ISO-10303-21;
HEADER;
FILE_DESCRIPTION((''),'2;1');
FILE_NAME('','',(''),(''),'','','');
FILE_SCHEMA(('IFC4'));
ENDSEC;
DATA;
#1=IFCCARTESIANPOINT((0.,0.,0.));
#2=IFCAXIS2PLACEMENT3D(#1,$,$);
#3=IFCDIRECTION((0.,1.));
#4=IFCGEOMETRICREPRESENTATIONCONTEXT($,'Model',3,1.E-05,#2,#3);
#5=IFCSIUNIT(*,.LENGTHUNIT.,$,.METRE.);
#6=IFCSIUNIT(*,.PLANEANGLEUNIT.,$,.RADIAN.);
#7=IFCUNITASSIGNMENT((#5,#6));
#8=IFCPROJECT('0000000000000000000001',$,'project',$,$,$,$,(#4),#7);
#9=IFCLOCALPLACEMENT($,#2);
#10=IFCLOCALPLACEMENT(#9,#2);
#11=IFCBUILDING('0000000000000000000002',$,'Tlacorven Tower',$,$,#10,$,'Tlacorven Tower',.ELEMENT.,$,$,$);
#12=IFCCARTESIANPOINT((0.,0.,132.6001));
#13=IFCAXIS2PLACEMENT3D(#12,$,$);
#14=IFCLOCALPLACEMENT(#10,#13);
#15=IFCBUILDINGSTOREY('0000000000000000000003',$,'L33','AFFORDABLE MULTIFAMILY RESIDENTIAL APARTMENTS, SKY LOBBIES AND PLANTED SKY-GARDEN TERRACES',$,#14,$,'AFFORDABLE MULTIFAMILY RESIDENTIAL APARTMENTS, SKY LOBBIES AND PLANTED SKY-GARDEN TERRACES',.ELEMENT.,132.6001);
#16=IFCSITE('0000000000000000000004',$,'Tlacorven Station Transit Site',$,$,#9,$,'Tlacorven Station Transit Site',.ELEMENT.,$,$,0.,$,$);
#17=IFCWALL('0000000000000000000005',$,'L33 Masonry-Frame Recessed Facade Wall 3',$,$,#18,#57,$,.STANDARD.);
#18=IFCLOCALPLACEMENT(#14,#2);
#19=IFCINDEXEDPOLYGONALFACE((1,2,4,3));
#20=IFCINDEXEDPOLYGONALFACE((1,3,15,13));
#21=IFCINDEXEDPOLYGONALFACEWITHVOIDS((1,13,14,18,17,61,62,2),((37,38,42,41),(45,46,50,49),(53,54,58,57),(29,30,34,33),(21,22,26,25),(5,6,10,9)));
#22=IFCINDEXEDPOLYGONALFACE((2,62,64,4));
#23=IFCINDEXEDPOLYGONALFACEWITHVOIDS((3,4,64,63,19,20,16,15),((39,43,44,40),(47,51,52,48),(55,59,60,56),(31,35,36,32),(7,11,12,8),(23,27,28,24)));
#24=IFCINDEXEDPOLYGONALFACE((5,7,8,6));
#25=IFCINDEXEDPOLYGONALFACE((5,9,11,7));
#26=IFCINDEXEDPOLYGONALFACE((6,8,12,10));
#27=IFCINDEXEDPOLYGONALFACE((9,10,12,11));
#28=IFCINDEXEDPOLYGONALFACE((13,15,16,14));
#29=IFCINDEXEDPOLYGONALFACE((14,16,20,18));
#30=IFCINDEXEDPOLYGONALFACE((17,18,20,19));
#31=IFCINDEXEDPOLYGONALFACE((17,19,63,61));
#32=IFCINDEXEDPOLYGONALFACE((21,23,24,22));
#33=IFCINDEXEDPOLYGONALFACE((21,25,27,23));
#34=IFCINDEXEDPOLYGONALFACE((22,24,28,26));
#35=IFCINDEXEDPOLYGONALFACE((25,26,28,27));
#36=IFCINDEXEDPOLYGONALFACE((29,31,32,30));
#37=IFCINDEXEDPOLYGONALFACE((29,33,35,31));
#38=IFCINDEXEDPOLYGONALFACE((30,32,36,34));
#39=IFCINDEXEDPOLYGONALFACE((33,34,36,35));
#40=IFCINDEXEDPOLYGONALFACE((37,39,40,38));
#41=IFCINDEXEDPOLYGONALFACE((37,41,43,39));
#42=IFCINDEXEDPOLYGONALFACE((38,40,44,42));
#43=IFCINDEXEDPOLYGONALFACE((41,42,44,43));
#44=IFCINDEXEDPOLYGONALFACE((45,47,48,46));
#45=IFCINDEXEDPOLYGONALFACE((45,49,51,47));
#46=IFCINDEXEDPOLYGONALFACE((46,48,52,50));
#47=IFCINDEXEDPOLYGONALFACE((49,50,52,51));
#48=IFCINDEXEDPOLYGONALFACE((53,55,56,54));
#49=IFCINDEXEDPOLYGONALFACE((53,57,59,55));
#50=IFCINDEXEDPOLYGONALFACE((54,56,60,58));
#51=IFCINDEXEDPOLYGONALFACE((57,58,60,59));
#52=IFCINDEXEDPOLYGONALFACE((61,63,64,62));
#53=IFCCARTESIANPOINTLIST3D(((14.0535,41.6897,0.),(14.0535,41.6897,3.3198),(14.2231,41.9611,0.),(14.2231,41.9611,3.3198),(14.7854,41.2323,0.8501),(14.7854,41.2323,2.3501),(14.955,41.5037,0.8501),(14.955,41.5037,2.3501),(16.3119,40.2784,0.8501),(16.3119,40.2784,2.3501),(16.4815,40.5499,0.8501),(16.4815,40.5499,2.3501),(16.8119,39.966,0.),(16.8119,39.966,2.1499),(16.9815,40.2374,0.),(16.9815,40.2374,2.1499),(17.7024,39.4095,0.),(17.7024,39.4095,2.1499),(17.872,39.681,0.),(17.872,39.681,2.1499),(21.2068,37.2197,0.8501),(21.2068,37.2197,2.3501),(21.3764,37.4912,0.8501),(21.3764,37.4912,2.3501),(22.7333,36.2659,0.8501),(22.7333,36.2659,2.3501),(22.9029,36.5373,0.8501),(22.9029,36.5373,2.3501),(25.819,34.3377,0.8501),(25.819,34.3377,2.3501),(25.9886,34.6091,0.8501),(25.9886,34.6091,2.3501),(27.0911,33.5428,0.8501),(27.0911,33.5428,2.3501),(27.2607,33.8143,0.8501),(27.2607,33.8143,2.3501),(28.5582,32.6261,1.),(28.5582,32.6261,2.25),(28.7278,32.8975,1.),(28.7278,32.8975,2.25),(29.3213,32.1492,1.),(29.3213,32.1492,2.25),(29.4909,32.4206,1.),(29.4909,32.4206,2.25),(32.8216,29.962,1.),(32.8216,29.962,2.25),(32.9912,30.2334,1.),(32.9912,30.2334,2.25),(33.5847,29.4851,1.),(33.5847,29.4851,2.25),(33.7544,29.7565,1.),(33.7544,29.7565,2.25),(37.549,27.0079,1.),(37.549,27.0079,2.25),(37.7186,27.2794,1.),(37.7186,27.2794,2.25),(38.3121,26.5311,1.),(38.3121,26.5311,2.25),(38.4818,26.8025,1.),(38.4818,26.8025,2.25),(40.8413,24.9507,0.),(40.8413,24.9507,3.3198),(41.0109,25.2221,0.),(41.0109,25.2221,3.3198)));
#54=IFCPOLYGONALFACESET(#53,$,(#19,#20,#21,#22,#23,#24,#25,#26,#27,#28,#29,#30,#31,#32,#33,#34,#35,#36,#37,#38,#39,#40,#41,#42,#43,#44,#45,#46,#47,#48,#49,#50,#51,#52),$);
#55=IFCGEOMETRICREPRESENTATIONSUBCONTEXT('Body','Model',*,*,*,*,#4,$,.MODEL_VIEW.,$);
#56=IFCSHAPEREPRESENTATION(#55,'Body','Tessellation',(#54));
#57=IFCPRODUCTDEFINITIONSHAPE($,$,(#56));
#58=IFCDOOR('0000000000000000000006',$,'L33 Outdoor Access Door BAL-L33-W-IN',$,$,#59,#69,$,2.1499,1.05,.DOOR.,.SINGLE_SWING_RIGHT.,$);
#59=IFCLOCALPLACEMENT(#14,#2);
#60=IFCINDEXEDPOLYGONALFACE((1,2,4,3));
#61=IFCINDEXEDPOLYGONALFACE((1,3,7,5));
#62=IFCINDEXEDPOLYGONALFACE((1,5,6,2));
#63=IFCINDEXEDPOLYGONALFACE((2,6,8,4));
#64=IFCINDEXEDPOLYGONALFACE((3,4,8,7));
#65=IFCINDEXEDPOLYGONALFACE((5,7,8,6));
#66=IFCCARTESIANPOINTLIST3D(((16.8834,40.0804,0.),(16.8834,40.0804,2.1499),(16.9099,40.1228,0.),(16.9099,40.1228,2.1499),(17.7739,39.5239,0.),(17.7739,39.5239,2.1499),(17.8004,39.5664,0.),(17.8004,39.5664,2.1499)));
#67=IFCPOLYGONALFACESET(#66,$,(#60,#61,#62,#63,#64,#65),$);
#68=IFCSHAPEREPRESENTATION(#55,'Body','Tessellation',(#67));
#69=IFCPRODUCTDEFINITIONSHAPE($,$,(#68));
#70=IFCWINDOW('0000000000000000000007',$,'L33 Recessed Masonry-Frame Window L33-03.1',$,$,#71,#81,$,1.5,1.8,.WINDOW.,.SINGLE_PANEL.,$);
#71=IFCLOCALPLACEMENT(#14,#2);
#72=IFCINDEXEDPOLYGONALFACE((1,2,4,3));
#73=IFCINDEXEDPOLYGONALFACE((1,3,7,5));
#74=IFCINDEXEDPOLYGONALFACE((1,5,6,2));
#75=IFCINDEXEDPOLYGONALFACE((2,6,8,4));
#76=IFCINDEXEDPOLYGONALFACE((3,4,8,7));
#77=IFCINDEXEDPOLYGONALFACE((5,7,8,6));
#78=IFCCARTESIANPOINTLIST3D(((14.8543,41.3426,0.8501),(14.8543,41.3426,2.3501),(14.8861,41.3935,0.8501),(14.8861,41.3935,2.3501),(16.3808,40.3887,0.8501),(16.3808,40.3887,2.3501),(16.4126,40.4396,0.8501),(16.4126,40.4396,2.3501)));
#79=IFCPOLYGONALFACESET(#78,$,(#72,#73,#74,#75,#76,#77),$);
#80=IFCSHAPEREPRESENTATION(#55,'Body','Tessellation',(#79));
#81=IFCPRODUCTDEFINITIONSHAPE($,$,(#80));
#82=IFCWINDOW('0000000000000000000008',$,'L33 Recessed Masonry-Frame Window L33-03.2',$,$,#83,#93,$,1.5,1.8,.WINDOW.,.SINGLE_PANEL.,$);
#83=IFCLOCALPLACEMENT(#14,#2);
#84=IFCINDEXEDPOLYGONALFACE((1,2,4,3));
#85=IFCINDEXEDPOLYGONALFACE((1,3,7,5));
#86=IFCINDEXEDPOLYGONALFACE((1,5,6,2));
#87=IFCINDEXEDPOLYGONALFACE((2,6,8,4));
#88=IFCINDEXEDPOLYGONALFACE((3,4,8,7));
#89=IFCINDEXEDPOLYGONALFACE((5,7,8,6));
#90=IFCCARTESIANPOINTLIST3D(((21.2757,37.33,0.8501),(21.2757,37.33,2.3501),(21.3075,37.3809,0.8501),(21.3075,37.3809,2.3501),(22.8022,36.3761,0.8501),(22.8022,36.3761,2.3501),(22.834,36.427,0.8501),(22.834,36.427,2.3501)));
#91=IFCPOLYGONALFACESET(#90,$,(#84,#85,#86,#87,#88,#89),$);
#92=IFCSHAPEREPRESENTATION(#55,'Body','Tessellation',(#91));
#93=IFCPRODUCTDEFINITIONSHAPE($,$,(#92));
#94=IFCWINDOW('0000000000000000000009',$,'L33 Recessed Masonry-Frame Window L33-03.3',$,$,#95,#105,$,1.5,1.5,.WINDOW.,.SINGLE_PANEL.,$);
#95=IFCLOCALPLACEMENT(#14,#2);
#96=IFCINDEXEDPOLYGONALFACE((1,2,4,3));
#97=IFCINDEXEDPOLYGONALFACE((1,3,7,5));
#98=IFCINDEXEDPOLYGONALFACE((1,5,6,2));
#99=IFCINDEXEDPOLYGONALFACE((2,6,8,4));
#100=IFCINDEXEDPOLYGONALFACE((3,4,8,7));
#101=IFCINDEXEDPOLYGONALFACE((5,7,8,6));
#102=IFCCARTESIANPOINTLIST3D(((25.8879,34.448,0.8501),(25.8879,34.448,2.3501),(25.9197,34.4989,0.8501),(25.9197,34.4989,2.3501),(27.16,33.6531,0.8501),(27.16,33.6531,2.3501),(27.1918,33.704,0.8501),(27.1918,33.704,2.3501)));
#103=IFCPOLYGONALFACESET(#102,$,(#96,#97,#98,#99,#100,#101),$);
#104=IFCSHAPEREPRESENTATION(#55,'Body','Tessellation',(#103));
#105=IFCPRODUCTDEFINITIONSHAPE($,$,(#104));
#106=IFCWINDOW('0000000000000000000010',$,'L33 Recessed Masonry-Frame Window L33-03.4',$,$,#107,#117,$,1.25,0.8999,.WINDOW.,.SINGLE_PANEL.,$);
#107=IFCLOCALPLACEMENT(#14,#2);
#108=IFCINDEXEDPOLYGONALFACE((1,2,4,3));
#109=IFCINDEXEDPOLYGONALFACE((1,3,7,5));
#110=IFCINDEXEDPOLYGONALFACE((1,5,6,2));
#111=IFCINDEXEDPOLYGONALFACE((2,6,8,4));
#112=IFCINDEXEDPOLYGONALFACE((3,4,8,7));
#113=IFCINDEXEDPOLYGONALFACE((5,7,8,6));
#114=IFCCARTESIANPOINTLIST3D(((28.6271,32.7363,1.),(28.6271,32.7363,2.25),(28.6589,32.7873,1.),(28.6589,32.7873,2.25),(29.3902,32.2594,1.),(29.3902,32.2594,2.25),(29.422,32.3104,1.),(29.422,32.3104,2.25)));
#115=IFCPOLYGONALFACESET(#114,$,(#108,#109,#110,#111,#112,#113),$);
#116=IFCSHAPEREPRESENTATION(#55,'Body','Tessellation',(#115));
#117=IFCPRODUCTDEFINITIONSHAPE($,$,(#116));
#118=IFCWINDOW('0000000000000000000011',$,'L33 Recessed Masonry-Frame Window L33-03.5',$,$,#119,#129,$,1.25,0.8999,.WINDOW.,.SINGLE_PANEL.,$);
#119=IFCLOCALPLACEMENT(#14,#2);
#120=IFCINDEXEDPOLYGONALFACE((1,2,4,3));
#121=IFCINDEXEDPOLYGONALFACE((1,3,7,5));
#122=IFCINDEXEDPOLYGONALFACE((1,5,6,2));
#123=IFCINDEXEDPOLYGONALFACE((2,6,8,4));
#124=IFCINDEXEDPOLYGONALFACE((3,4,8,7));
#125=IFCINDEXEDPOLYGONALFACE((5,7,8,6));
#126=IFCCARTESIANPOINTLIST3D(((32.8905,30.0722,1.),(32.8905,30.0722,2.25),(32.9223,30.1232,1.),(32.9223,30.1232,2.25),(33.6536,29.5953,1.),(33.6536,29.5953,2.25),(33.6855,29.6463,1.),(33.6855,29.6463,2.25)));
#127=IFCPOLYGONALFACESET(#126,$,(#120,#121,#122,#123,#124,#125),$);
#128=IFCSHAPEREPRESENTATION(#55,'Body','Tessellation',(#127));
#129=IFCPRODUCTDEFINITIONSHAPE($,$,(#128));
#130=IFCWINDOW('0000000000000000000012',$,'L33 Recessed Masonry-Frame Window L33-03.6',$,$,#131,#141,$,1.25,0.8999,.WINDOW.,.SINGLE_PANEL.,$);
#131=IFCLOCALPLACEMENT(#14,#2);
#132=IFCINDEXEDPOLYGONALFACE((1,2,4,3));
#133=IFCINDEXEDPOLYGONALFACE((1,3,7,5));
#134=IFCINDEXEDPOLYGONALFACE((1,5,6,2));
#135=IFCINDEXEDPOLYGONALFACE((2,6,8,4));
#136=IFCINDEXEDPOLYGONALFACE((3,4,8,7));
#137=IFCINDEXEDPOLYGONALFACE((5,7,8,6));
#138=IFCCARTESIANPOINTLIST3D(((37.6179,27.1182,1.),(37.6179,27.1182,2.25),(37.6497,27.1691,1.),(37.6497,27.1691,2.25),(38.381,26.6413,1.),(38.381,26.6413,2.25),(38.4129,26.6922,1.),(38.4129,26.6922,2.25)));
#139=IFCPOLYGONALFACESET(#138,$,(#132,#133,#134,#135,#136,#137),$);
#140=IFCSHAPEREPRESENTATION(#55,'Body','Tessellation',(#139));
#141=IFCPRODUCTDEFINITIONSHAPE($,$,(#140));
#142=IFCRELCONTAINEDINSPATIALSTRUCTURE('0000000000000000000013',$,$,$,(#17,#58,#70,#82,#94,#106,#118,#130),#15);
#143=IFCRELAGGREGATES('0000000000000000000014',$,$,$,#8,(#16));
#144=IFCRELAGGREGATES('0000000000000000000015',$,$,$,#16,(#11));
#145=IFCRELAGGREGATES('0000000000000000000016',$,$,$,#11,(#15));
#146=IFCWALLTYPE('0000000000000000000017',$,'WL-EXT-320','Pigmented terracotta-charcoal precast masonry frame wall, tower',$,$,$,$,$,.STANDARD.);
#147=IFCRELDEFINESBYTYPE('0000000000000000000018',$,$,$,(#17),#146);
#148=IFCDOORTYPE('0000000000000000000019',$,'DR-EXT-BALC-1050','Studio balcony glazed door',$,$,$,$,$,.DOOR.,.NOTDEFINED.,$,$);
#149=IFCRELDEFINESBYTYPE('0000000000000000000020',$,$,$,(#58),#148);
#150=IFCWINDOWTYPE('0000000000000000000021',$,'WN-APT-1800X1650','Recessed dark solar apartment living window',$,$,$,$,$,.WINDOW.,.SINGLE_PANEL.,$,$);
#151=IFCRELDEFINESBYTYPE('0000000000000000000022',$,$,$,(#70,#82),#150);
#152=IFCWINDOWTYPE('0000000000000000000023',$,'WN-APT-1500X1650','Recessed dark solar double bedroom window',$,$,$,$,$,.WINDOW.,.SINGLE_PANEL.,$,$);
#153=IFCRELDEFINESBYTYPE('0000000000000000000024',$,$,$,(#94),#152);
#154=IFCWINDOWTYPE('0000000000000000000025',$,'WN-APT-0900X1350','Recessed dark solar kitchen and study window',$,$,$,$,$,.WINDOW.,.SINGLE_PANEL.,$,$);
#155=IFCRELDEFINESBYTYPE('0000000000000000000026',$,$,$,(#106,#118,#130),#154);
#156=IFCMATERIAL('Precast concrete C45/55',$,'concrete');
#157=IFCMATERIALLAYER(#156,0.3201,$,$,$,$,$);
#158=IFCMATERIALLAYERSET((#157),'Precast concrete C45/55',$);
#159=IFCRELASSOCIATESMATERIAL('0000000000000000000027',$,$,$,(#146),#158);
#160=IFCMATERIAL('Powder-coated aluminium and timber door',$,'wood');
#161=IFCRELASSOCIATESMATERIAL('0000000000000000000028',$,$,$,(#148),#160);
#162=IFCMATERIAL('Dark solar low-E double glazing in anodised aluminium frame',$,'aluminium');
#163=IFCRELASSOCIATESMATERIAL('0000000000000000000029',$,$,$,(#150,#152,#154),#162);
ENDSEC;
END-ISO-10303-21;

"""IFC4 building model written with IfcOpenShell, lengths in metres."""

from ifc_helpers import new_model, si_unit, direction, frame, frame_2d, origin, place, context, subcontext, project, spatial, rectangle, extrude, source, transform, mapped, material, layer, layer_set, type_object, element, fill, save


model = new_model("IFC4")

# Units and contexts
model_context = context("Model", 3, precision=1e-05, world=origin(), true_north=direction((0.0, 1.0)))
body_context = subcontext(model_context, "Body", "Model", "MODEL_VIEW")
ifc_project = project(units=[si_unit("LENGTHUNIT", "METRE"), si_unit("PLANEANGLEUNIT", "RADIAN")], contexts=[model_context])

# Site, building, storey
site_placement = place(None, origin())
site = spatial("IfcSite", under=ifc_project, at=site_placement, Name="Tlacorven Station Transit Site", LongName="Tlacorven Station Transit Site", CompositionType="ELEMENT", RefElevation=0.0)
building_placement = place(site_placement, origin())
building = spatial("IfcBuilding", under=site, at=building_placement, Name="Tlacorven Tower", LongName="Tlacorven Tower", CompositionType="ELEMENT")
storey_placement = place(building_placement, frame((0.0, 0.0, 132.6001)))
storey = spatial("IfcBuildingStorey", under=building, at=storey_placement, Name="L33", Description="AFFORDABLE MULTIFAMILY RESIDENTIAL APARTMENTS, SKY LOBBIES AND PLANTED SKY-GARDEN TERRACES", LongName="AFFORDABLE MULTIFAMILY RESIDENTIAL APARTMENTS, SKY LOBBIES AND PLANTED SKY-GARDEN TERRACES", CompositionType="ELEMENT", Elevation=132.6001)

# Wall, openings, door, windows
ifc_material_1 = material(Name="Precast concrete C45/55", Category="concrete")
ifc_layer_1 = layer(ifc_material_1, 0.3201)
ifc_layer_set_1 = layer_set([ifc_layer_1], Name="Precast concrete C45/55")
wall_type_1 = type_object("IfcWallType", Name="WL-EXT-320", Description="Pigmented terracotta-charcoal precast masonry frame wall, tower", PredefinedType="STANDARD", material=ifc_layer_set_1)
wall_1_placement = place(storey_placement, frame((14.1382, 41.8254, 0.0), z_axis=(0.0, 0.0, 1.0), x_axis=(0.848046, -0.529922, 0.0)))
wall_1 = element("IfcWall", 1, at=wall_1_placement, inside=storey, type_object=wall_type_1, Name="L33 Masonry-Frame Recessed Facade Wall 3", PredefinedType="STANDARD", context=body_context, shape_type="SweptSolid", body=[
    extrude(rectangle(XDim=31.5876, YDim=0.3201, at=frame_2d((15.7939, 0.0))), origin(), (0.0, 0.0, 1.0), 3.3198),
])
opening_1_placement = place(wall_1_placement, frame((3.2529, 0.0, 0.0)))
opening_1 = element("IfcOpeningElement", 2, at=opening_1_placement, cuts=wall_1, PredefinedType="OPENING", context=body_context, shape_type="SweptSolid", body=[
    extrude(rectangle(XDim=1.05, YDim=2.1499, at=frame_2d((0.5249, 1.075))), frame((0.0, 0.1699, 0.0), z_axis=(0.0, -1.0, 0.0), x_axis=(1.0, 0.0, 0.0)), (0.0, 0.0, 1.0), 0.3401),
])
opening_2_placement = place(wall_1_placement, frame((0.8633, 0.0, 0.8501)))
opening_2 = element("IfcOpeningElement", 3, at=opening_2_placement, cuts=wall_1, PredefinedType="OPENING", context=body_context, shape_type="SweptSolid", body=[
    extrude(rectangle(XDim=1.8, YDim=1.5, at=frame_2d((0.8999, 0.75))), frame((0.0, 0.1699, 0.0), z_axis=(0.0, -1.0, 0.0), x_axis=(1.0, 0.0, 0.0)), (0.0, 0.0, 1.0), 0.3401),
])
opening_3_placement = place(wall_1_placement, frame((8.4353, 0.0, 0.8501)))
opening_3 = element("IfcOpeningElement", 4, at=opening_3_placement, cuts=wall_1, PredefinedType="OPENING", context=body_context, shape_type="SweptSolid", body=[
    extrude(rectangle(XDim=1.8, YDim=1.5, at=frame_2d((0.8999, 0.75))), frame((0.0, 0.1699, 0.0), z_axis=(0.0, -1.0, 0.0), x_axis=(1.0, 0.0, 0.0)), (0.0, 0.0, 1.0), 0.3401),
])
opening_4_placement = place(wall_1_placement, frame((13.8738, 0.0, 0.8501)))
opening_4 = element("IfcOpeningElement", 5, at=opening_4_placement, cuts=wall_1, PredefinedType="OPENING", context=body_context, shape_type="SweptSolid", body=[
    extrude(rectangle(XDim=1.5, YDim=1.5, at=frame_2d((0.75, 0.75))), frame((0.0, 0.1699, 0.0), z_axis=(0.0, -1.0, 0.0), x_axis=(1.0, 0.0, 0.0)), (0.0, 0.0, 1.0), 0.3401),
])
opening_5_placement = place(wall_1_placement, frame((17.1038, 0.0, 1.0)))
opening_5 = element("IfcOpeningElement", 6, at=opening_5_placement, cuts=wall_1, PredefinedType="OPENING", context=body_context, shape_type="SweptSolid", body=[
    extrude(rectangle(XDim=0.8999, YDim=1.25, at=frame_2d((0.45, 0.625))), frame((0.0, 0.1699, 0.0), z_axis=(0.0, -1.0, 0.0), x_axis=(1.0, 0.0, 0.0)), (0.0, 0.0, 1.0), 0.3401),
])
opening_6_placement = place(wall_1_placement, frame((22.1311, 0.0, 1.0)))
opening_6 = element("IfcOpeningElement", 7, at=opening_6_placement, cuts=wall_1, PredefinedType="OPENING", context=body_context, shape_type="SweptSolid", body=[
    extrude(rectangle(XDim=0.8999, YDim=1.25, at=frame_2d((0.45, 0.625))), frame((0.0, 0.1699, 0.0), z_axis=(0.0, -1.0, 0.0), x_axis=(1.0, 0.0, 0.0)), (0.0, 0.0, 1.0), 0.3401),
])
opening_7_placement = place(wall_1_placement, frame((27.7056, 0.0, 1.0)))
opening_7 = element("IfcOpeningElement", 8, at=opening_7_placement, cuts=wall_1, PredefinedType="OPENING", context=body_context, shape_type="SweptSolid", body=[
    extrude(rectangle(XDim=0.8999, YDim=1.25, at=frame_2d((0.45, 0.625))), frame((0.0, 0.1699, 0.0), z_axis=(0.0, -1.0, 0.0), x_axis=(1.0, 0.0, 0.0)), (0.0, 0.0, 1.0), 0.3401),
])
ifc_material_2 = material(Name="Powder-coated aluminium and timber door", Category="wood")
door_type = type_object("IfcDoorType", Name="DR-EXT-BALC-1050", Description="Studio balcony glazed door", OperationType="NOTDEFINED", PredefinedType="DOOR", material=ifc_material_2)
shared_shape_1 = source(origin(), body_context, "Body", "SweptSolid", [
    extrude(rectangle(XDim=1.05, YDim=2.1499, at=frame_2d((0.5249, 1.075))), frame((0.0, 0.0249, 0.0), z_axis=(0.0, -1.0, 0.0), x_axis=(1.0, 0.0, 0.0)), (0.0, 0.0, 1.0), 0.05),
])
door_placement = place(opening_1_placement, origin())
door = element("IfcDoor", 9, at=door_placement, inside=storey, type_object=door_type, Name="L33 Outdoor Access Door BAL-L33-W-IN", OperationType="SINGLE_SWING_RIGHT", OverallHeight=2.1499, OverallWidth=1.05, PredefinedType="DOOR", context=body_context, shape_type="MappedRepresentation", body=[
    mapped(shared_shape_1, transform((0.0, 0.0, 0.0), scale=1.0)),
])
fill(opening_1, door)
ifc_material_3 = material(Name="Dark solar low-E double glazing in anodised aluminium frame", Category="aluminium")
window_type_1 = type_object("IfcWindowType", Name="WN-APT-1800X1650", Description="Recessed dark solar apartment living window", PartitioningType="SINGLE_PANEL", PredefinedType="WINDOW", material=ifc_material_3)
shared_shape_2 = source(origin(), body_context, "Body", "SweptSolid", [
    extrude(rectangle(XDim=1.8, YDim=1.5, at=frame_2d((0.8999, 0.75))), frame((0.0, 0.03, 0.0), z_axis=(0.0, -1.0, 0.0), x_axis=(1.0, 0.0, 0.0)), (0.0, 0.0, 1.0), 0.0601),
])
window_1_placement = place(opening_2_placement, origin())
window_1 = element("IfcWindow", 10, at=window_1_placement, inside=storey, type_object=window_type_1, Name="L33 Recessed Masonry-Frame Window L33-03.1", OverallHeight=1.5, OverallWidth=1.8, PartitioningType="SINGLE_PANEL", PredefinedType="WINDOW", context=body_context, shape_type="MappedRepresentation", body=[
    mapped(shared_shape_2, transform((0.0, 0.0, 0.0), scale=1.0)),
])
fill(opening_2, window_1)
window_2_placement = place(opening_3_placement, origin())
window_2 = element("IfcWindow", 11, at=window_2_placement, inside=storey, type_object=window_type_1, Name="L33 Recessed Masonry-Frame Window L33-03.2", OverallHeight=1.5, OverallWidth=1.8, PartitioningType="SINGLE_PANEL", PredefinedType="WINDOW", context=body_context, shape_type="MappedRepresentation", body=[
    mapped(shared_shape_2, transform((0.0, 0.0, 0.0), scale=1.0)),
])
fill(opening_3, window_2)
window_type_2 = type_object("IfcWindowType", Name="WN-APT-1500X1650", Description="Recessed dark solar double bedroom window", PartitioningType="SINGLE_PANEL", PredefinedType="WINDOW", material=ifc_material_3)
shared_shape_3 = source(origin(), body_context, "Body", "SweptSolid", [
    extrude(rectangle(XDim=1.5, YDim=1.5, at=frame_2d((0.75, 0.75))), frame((0.0, 0.03, 0.0), z_axis=(0.0, -1.0, 0.0), x_axis=(1.0, 0.0, 0.0)), (0.0, 0.0, 1.0), 0.0601),
])
window_3_placement = place(opening_4_placement, origin())
window_3 = element("IfcWindow", 12, at=window_3_placement, inside=storey, type_object=window_type_2, Name="L33 Recessed Masonry-Frame Window L33-03.3", OverallHeight=1.5, OverallWidth=1.5, PartitioningType="SINGLE_PANEL", PredefinedType="WINDOW", context=body_context, shape_type="MappedRepresentation", body=[
    mapped(shared_shape_3, transform((0.0, 0.0, 0.0), scale=1.0)),
])
fill(opening_4, window_3)
window_type_3 = type_object("IfcWindowType", Name="WN-APT-0900X1350", Description="Recessed dark solar kitchen and study window", PartitioningType="SINGLE_PANEL", PredefinedType="WINDOW", material=ifc_material_3)
shared_shape_4 = source(origin(), body_context, "Body", "SweptSolid", [
    extrude(rectangle(XDim=0.8999, YDim=1.25, at=frame_2d((0.45, 0.625))), frame((0.0, 0.03, 0.0), z_axis=(0.0, -1.0, 0.0), x_axis=(1.0, 0.0, 0.0)), (0.0, 0.0, 1.0), 0.0601),
])
window_4_placement = place(opening_5_placement, origin())
window_4 = element("IfcWindow", 13, at=window_4_placement, inside=storey, type_object=window_type_3, Name="L33 Recessed Masonry-Frame Window L33-03.4", OverallHeight=1.25, OverallWidth=0.8999, PartitioningType="SINGLE_PANEL", PredefinedType="WINDOW", context=body_context, shape_type="MappedRepresentation", body=[
    mapped(shared_shape_4, transform((0.0, 0.0, 0.0), scale=1.0)),
])
fill(opening_5, window_4)
window_5_placement = place(opening_6_placement, origin())
window_5 = element("IfcWindow", 14, at=window_5_placement, inside=storey, type_object=window_type_3, Name="L33 Recessed Masonry-Frame Window L33-03.5", OverallHeight=1.25, OverallWidth=0.8999, PartitioningType="SINGLE_PANEL", PredefinedType="WINDOW", context=body_context, shape_type="MappedRepresentation", body=[
    mapped(shared_shape_4, transform((0.0, 0.0, 0.0), scale=1.0)),
])
fill(opening_6, window_5)
window_6_placement = place(opening_7_placement, origin())
window_6 = element("IfcWindow", 15, at=window_6_placement, inside=storey, type_object=window_type_3, Name="L33 Recessed Masonry-Frame Window L33-03.6", OverallHeight=1.25, OverallWidth=0.8999, PartitioningType="SINGLE_PANEL", PredefinedType="WINDOW", context=body_context, shape_type="MappedRepresentation", body=[
    mapped(shared_shape_4, transform((0.0, 0.0, 0.0), scale=1.0)),
])
fill(opening_7, window_6)

save(model, "model.ifc")
